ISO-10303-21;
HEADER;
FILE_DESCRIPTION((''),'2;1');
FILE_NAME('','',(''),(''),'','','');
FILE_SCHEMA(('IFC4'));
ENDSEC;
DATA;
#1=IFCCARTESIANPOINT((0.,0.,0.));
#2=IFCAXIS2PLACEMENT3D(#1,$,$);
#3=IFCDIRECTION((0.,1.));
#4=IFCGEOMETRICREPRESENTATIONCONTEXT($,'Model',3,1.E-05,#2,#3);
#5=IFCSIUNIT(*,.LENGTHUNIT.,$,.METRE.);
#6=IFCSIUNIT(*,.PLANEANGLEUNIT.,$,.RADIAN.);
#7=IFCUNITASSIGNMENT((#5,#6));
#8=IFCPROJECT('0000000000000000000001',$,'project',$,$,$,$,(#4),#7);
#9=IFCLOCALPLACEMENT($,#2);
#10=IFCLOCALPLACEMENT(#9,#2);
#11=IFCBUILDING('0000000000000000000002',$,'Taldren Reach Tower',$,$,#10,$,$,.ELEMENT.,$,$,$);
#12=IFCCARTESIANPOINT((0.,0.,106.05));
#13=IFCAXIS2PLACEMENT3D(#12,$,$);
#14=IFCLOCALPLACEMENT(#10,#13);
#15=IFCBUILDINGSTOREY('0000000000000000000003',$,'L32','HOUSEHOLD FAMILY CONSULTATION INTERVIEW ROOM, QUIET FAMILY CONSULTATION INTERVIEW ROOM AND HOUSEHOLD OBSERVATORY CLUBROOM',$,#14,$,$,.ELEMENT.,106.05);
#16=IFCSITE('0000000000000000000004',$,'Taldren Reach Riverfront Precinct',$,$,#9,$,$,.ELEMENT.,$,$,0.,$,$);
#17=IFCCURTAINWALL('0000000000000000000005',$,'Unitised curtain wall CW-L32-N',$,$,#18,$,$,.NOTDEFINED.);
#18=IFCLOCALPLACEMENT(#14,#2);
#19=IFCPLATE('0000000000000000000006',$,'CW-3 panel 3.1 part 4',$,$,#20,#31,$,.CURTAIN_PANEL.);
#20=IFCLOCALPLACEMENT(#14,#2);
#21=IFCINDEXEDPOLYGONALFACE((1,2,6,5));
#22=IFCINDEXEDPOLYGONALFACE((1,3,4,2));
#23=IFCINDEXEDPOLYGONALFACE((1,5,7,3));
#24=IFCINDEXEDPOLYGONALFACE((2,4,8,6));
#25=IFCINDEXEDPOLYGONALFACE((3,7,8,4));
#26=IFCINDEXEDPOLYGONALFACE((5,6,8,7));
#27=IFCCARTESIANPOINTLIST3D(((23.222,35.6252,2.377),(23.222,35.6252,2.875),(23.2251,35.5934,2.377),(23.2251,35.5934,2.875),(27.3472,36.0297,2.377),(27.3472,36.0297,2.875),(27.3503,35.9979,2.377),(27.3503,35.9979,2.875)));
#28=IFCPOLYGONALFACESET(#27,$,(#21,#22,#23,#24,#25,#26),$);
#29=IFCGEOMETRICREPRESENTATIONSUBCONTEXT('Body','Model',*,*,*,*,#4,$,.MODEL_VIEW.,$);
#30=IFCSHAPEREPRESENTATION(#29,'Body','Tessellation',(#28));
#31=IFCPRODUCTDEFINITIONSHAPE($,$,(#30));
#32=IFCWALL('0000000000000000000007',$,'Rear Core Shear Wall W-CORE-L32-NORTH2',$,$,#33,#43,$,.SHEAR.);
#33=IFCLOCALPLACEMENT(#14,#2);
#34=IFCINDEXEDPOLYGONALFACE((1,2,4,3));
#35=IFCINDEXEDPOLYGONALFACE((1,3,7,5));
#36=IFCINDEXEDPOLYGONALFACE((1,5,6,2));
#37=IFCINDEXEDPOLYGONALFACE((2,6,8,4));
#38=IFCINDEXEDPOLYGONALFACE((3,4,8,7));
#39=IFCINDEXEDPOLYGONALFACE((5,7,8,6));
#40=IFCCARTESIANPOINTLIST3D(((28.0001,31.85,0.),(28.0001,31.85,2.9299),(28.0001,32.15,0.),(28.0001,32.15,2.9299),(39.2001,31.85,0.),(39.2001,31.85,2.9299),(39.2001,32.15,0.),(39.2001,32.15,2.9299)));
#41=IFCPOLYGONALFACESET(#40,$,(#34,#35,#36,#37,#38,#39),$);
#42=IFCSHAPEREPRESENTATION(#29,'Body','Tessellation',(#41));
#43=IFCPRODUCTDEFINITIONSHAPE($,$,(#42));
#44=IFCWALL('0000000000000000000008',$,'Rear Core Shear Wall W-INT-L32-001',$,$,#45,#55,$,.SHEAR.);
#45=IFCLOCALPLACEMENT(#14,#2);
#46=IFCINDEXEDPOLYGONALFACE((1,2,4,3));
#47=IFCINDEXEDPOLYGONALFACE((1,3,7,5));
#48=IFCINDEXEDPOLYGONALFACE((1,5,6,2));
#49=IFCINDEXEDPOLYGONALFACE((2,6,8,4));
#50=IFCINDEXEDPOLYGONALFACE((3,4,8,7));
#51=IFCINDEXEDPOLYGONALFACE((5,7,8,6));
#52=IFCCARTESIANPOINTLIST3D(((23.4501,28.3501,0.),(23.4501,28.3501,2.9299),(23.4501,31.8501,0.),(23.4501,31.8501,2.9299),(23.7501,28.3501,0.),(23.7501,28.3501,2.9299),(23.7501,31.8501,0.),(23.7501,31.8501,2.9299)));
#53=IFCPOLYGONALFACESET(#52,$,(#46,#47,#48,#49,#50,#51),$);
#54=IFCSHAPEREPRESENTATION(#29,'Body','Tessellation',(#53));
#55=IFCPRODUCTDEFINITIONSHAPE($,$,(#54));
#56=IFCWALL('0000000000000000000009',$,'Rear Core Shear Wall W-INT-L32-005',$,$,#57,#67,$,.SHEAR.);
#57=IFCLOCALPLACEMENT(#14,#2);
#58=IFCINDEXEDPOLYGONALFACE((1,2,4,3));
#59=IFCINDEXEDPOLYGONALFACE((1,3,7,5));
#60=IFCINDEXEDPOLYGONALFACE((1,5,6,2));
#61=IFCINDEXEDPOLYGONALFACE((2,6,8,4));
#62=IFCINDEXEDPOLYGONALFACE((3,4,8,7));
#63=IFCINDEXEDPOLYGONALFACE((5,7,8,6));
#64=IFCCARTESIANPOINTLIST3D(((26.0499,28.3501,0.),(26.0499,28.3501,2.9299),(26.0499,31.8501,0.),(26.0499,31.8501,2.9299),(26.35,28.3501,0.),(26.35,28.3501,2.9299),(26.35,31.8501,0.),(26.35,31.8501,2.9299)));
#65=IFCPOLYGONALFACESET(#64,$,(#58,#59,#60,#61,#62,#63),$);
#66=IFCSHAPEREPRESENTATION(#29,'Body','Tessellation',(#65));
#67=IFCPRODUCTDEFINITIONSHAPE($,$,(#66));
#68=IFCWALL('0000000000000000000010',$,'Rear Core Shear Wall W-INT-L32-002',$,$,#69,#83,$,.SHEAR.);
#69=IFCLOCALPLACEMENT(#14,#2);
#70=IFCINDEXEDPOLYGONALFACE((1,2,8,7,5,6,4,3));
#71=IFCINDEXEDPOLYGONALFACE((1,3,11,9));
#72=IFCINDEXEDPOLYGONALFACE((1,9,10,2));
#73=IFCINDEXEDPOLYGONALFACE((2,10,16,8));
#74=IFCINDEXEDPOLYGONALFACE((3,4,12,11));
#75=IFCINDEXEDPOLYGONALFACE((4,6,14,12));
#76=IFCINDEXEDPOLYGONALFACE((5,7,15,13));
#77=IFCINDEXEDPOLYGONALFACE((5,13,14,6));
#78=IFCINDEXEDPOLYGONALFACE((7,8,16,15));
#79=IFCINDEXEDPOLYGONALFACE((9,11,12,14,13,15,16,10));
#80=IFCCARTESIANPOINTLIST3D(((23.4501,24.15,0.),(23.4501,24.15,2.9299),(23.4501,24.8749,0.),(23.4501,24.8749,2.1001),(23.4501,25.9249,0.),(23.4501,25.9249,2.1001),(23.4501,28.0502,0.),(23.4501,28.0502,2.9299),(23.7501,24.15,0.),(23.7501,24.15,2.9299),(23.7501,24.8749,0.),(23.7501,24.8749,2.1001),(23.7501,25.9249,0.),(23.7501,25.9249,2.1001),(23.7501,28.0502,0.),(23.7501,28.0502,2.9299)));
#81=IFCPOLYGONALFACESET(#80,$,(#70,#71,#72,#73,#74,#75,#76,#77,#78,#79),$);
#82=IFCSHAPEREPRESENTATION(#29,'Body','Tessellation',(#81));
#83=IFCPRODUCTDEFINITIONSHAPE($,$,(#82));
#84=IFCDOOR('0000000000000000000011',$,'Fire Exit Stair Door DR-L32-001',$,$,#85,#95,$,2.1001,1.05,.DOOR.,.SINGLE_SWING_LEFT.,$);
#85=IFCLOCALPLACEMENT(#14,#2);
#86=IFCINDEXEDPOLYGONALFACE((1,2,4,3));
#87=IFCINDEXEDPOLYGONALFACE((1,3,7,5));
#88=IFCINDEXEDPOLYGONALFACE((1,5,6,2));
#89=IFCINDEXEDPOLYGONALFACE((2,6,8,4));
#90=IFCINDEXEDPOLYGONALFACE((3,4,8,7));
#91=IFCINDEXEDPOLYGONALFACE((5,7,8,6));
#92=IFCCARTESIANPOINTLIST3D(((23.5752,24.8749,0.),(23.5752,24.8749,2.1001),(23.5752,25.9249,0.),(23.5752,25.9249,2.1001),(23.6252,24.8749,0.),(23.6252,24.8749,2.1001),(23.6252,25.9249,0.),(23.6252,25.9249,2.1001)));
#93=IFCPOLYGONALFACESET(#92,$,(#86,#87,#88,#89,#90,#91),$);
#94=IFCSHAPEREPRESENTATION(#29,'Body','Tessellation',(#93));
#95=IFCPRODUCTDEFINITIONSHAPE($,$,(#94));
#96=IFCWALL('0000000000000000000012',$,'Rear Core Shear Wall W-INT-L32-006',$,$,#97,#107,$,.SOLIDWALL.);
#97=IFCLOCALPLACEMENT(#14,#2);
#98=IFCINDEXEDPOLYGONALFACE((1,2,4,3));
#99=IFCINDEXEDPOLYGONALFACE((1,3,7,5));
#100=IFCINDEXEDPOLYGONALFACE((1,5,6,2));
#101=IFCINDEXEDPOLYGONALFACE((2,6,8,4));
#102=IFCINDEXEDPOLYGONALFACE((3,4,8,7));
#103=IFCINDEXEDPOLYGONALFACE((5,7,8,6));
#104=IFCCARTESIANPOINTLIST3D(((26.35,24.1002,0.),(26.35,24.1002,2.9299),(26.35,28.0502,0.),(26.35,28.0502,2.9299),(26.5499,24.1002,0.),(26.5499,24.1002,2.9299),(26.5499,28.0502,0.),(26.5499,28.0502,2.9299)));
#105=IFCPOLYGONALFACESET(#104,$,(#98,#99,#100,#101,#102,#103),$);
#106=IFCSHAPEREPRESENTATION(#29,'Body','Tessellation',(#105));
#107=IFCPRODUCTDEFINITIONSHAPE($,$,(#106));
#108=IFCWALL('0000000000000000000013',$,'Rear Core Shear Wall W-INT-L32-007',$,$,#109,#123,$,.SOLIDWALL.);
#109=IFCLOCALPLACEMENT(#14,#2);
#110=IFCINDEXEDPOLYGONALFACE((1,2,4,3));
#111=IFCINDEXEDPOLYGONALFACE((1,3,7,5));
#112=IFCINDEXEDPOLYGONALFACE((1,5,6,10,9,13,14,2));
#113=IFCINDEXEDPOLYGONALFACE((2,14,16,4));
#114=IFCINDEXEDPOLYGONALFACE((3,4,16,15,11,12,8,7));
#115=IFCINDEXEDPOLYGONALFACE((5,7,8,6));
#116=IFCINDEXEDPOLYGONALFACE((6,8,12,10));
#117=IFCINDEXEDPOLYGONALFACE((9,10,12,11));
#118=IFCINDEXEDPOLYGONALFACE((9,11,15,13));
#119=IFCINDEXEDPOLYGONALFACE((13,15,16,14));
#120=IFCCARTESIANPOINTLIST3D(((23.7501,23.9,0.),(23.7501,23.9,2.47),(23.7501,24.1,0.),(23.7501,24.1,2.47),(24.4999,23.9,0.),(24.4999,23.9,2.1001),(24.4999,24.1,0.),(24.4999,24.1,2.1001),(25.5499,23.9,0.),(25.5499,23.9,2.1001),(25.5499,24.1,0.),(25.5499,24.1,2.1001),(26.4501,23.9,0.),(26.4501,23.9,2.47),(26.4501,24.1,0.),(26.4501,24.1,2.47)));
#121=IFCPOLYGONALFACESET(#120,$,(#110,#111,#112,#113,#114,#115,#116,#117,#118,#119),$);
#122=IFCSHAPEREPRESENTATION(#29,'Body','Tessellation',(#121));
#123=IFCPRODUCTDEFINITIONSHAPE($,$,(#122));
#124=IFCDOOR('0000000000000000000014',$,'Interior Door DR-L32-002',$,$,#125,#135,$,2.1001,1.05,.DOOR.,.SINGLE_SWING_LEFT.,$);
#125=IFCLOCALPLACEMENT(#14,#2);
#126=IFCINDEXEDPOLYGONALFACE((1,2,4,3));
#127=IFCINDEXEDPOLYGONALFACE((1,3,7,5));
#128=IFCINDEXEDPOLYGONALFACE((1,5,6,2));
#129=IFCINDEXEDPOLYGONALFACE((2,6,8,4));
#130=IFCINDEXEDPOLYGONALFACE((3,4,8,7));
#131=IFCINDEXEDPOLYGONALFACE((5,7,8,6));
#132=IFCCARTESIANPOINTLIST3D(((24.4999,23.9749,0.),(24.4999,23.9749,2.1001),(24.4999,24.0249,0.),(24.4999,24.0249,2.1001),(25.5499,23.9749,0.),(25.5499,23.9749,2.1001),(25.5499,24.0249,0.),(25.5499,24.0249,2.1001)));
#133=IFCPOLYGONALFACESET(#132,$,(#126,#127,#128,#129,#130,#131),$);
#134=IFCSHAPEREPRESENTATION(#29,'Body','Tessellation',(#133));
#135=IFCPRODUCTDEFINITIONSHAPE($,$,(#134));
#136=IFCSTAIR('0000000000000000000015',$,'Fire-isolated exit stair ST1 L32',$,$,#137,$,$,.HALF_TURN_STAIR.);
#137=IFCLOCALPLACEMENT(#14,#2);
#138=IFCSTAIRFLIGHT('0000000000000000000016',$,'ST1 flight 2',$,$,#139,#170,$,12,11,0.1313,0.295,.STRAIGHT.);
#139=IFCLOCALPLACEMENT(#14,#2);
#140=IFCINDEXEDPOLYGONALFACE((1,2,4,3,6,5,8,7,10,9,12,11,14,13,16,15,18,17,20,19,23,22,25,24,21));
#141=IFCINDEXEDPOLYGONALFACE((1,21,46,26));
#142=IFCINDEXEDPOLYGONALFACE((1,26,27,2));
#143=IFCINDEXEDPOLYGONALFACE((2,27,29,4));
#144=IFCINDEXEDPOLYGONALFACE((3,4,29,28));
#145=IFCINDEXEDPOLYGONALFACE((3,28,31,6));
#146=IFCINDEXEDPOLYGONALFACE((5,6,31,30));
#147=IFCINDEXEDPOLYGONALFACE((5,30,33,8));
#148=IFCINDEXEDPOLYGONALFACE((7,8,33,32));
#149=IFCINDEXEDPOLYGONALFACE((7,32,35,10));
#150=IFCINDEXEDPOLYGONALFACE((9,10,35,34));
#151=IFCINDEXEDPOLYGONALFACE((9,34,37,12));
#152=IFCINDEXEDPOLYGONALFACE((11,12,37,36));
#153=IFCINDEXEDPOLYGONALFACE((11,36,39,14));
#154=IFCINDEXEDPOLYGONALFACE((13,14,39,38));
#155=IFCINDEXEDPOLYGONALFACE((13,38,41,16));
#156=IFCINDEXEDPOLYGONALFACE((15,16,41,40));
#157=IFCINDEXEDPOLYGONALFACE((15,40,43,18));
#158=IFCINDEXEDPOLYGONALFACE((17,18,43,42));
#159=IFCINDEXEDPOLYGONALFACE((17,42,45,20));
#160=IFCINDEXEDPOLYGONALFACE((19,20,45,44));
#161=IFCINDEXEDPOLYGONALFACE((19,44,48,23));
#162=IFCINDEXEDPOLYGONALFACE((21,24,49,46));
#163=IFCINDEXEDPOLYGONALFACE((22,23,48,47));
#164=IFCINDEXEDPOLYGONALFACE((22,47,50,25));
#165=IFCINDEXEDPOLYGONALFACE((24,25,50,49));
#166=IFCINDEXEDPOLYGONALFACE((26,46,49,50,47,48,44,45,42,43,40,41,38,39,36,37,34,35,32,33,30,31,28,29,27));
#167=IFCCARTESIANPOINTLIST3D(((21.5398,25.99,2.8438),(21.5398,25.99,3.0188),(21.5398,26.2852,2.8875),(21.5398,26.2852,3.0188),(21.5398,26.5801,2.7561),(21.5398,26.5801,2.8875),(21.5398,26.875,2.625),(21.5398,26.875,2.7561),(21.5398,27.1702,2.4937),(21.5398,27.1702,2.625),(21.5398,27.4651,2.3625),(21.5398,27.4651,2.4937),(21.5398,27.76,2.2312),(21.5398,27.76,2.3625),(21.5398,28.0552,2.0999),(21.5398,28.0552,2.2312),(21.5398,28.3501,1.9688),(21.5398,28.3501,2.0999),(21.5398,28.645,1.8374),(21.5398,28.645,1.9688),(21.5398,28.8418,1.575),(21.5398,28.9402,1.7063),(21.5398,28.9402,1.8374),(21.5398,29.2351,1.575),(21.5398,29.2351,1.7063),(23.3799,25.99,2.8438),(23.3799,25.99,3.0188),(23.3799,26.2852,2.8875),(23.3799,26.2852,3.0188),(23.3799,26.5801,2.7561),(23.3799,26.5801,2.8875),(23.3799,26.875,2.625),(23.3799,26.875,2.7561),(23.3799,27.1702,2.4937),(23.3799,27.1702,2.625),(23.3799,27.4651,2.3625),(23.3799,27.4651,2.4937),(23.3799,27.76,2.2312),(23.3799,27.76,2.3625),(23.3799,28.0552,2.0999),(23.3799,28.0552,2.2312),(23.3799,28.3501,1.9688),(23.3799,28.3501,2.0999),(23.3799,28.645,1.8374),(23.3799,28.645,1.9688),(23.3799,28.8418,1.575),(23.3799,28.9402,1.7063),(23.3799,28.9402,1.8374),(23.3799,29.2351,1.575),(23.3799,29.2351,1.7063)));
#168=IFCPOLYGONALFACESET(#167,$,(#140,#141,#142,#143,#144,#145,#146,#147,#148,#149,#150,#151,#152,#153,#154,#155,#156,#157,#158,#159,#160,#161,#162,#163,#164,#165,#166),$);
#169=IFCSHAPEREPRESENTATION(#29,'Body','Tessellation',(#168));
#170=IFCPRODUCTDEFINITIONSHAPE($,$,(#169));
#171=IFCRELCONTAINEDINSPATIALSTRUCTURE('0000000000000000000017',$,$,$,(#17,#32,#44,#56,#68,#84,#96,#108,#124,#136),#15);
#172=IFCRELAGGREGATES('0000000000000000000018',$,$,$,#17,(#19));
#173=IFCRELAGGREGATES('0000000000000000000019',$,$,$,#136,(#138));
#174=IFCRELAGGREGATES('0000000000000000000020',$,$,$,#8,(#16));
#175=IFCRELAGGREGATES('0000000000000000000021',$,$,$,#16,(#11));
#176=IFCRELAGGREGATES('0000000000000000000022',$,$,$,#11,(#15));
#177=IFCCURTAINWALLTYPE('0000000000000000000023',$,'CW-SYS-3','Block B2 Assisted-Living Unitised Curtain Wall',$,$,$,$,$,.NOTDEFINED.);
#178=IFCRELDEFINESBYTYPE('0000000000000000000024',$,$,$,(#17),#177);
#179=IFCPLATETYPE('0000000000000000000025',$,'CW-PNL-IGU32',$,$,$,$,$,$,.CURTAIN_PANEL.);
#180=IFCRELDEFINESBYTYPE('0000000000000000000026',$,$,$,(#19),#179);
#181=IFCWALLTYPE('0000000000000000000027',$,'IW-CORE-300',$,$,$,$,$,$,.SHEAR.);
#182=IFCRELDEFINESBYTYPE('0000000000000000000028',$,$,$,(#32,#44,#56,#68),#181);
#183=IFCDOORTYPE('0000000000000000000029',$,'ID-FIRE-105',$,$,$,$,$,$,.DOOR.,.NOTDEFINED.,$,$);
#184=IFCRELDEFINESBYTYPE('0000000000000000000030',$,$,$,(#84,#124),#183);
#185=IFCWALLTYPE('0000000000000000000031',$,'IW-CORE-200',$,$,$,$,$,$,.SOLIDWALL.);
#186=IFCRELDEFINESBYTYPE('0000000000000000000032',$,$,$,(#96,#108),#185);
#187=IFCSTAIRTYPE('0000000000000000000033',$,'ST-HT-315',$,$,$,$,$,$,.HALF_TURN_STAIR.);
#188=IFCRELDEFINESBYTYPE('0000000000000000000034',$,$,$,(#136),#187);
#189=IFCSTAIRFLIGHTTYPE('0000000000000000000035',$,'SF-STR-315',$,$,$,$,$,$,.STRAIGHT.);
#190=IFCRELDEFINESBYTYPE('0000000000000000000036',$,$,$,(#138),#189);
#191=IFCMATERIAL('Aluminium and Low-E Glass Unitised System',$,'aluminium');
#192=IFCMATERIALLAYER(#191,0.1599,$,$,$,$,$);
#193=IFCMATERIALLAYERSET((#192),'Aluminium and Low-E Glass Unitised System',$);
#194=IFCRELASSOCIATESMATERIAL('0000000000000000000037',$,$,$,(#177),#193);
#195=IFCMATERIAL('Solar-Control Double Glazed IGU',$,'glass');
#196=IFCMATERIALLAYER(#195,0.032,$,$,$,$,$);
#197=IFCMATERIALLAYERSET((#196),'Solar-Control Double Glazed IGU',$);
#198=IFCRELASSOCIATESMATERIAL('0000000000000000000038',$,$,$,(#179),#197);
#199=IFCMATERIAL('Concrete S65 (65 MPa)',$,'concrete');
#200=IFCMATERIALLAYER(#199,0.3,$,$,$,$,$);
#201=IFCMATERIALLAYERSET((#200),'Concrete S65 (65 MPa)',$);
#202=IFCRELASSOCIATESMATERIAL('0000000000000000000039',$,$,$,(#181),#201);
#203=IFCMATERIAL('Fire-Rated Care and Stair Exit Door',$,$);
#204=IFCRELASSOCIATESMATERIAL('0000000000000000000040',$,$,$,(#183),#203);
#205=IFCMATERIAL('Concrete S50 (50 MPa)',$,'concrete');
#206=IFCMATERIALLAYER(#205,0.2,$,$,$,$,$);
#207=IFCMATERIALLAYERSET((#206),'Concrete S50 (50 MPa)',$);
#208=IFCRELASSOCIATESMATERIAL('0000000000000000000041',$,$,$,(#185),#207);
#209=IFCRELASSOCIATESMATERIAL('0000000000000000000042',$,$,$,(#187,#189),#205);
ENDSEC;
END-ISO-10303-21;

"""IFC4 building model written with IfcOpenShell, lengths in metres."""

from ifc_helpers import new_model, si_unit, direction, frame, frame_2d, origin, origin_2d, place, context, subcontext, project, spatial, polyline, rectangle, outline, extrude, source, transform, mapped, material, layer, layer_set, type_object, element, fill, aggregate, save


model = new_model("IFC4")

# Units and contexts
model_context = context("Model", 3, precision=1e-05, world=origin(), true_north=direction((0.0, 1.0)))
body_context = subcontext(model_context, "Body", "Model", "MODEL_VIEW")
ifc_project = project(units=[si_unit("LENGTHUNIT", "METRE"), si_unit("PLANEANGLEUNIT", "RADIAN")], contexts=[model_context])

# Site, building, storey
site_placement = place(None, origin())
site = spatial("IfcSite", under=ifc_project, at=site_placement, Name="Taldren Reach Riverfront Precinct", CompositionType="ELEMENT", RefElevation=0.0)
building_placement = place(site_placement, origin())
building = spatial("IfcBuilding", under=site, at=building_placement, Name="Taldren Reach Tower", CompositionType="ELEMENT")
storey_placement = place(building_placement, frame((0.0, 0.0, 106.05)))
storey = spatial("IfcBuildingStorey", under=building, at=storey_placement, Name="L32", Description="HOUSEHOLD FAMILY CONSULTATION INTERVIEW ROOM, QUIET FAMILY CONSULTATION INTERVIEW ROOM AND HOUSEHOLD OBSERVATORY CLUBROOM", CompositionType="ELEMENT", Elevation=106.05)

# Shared definitions
ifc_material_1 = material(Name="Concrete S65 (65 MPa)", Category="concrete")

# Curtain wall, plate
ifc_material_2 = material(Name="Aluminium and Low-E Glass Unitised System", Category="aluminium")
ifc_layer_1 = layer(ifc_material_2, 0.1599)
ifc_layer_set_1 = layer_set([ifc_layer_1], Name="Aluminium and Low-E Glass Unitised System")
curtain_wall_type = type_object("IfcCurtainWallType", Name="CW-SYS-3", Description="Block B2 Assisted-Living Unitised Curtain Wall", PredefinedType="NOTDEFINED", material=ifc_layer_set_1)
curtain_wall_placement = place(storey_placement, origin())
curtain_wall = element("IfcCurtainWall", 1, at=curtain_wall_placement, inside=storey, type_object=curtain_wall_type, Name="Unitised curtain wall CW-L32-N", PredefinedType="NOTDEFINED")
ifc_material_3 = material(Name="Solar-Control Double Glazed IGU", Category="glass")
ifc_layer_2 = layer(ifc_material_3, 0.032)
ifc_layer_set_2 = layer_set([ifc_layer_2], Name="Solar-Control Double Glazed IGU")
plate_type = type_object("IfcPlateType", Name="CW-PNL-IGU32", PredefinedType="CURTAIN_PANEL", material=ifc_layer_set_2)
shared_shape_1 = source(origin(), body_context, "Body", "SweptSolid", [
    extrude(rectangle(XDim=4.145, YDim=0.032, at=origin_2d()), origin(), (0.0, 0.0, 1.0), 0.498),
])
plate_1_placement = place(storey_placement, frame((25.2861, 35.8115, 2.377), z_axis=(0.0, 0.0, 1.0), x_axis=(-0.995227, -0.097583, 0.0)))
plate_1 = element("IfcPlate", 2, at=plate_1_placement, type_object=plate_type, Name="CW-3 panel 3.1 part 4", PredefinedType="CURTAIN_PANEL", context=body_context, shape_type="MappedRepresentation", body=[
    mapped(shared_shape_1, transform((0.0, 0.0, 0.0), scale=1.0)),
])
aggregate(curtain_wall, [plate_1])

# Walls
ifc_layer_3 = layer(ifc_material_1, 0.3)
ifc_layer_set_3 = layer_set([ifc_layer_3], Name="Concrete S65 (65 MPa)")
wall_type_1 = type_object("IfcWallType", Name="IW-CORE-300", PredefinedType="SHEAR", material=ifc_layer_set_3)
shared_shape_2 = source(origin(), body_context, "Body", "SweptSolid", [
    extrude(rectangle(XDim=11.2, YDim=0.3, at=frame_2d((5.6001, 0.0))), origin(), (0.0, 0.0, 1.0), 2.9299),
])
wall_1_placement = place(storey_placement, frame((28.0, 32.0, 0.0), z_axis=(0.0, 0.0, 1.0), x_axis=(1.0, 0.0, 0.0)))
element("IfcWall", 3, at=wall_1_placement, inside=storey, type_object=wall_type_1, Name="Rear Core Shear Wall W-CORE-L32-NORTH2", PredefinedType="SHEAR", context=body_context, shape_type="MappedRepresentation", body=[
    mapped(shared_shape_2, transform((0.0, 0.0, 0.0), scale=1.0)),
])
shared_shape_3 = source(origin(), body_context, "Body", "SweptSolid", [
    extrude(rectangle(XDim=3.5, YDim=0.3, at=frame_2d((1.75, 0.0))), origin(), (0.0, 0.0, 1.0), 2.9299),
])
for number, where, z_axis, x_axis, name in (
    (4, (23.6001, 28.3501, 0.0), (0.0, 0.0, 1.0), (0.0, 1.0, 0.0), "Rear Core Shear Wall W-INT-L32-001"),
    (5, (26.2, 28.3501, 0.0), (0.0, 0.0, 1.0), (0.0, 1.0, 0.0), "Rear Core Shear Wall W-INT-L32-005"),
):
    element("IfcWall", number, at=place(storey_placement, frame(where, z_axis=z_axis, x_axis=x_axis)), inside=storey, type_object=wall_type_1, Name=name, PredefinedType="SHEAR", context=body_context, shape_type="MappedRepresentation", body=[
        mapped(shared_shape_3, transform((0.0, 0.0, 0.0), scale=1.0)),
    ])

# Wall, opening, door
shared_shape_4 = source(origin(), body_context, "Body", "SweptSolid", [
    extrude(rectangle(XDim=3.9001, YDim=0.3, at=frame_2d((1.9502, 0.0))), origin(), (0.0, 0.0, 1.0), 2.9299),
])
wall_2_placement = place(storey_placement, frame((23.6001, 24.1499, 0.0), z_axis=(0.0, 0.0, 1.0), x_axis=(0.0, 1.0, 0.0)))
wall_2 = element("IfcWall", 6, at=wall_2_placement, inside=storey, type_object=wall_type_1, Name="Rear Core Shear Wall W-INT-L32-002", PredefinedType="SHEAR", context=body_context, shape_type="MappedRepresentation", body=[
    mapped(shared_shape_4, transform((0.0, 0.0, 0.0), scale=1.0)),
])
shared_shape_5 = source(origin(), body_context, "Body", "SweptSolid", [
    extrude(rectangle(XDim=1.05, YDim=2.1001, at=frame_2d((0.5249, 1.05))), frame((0.0, 0.1602, 0.0), z_axis=(0.0, -1.0, 0.0), x_axis=(1.0, 0.0, 0.0)), (0.0, 0.0, 1.0), 0.3201),
])
opening_1_placement = place(wall_2_placement, frame((0.7251, 0.0, 0.0)))
opening_1 = element("IfcOpeningElement", 7, at=opening_1_placement, cuts=wall_2, PredefinedType="OPENING", context=body_context, shape_type="MappedRepresentation", body=[
    mapped(shared_shape_5, transform((0.0, 0.0, 0.0), scale=1.0)),
])
ifc_material_4 = material(Name="Fire-Rated Care and Stair Exit Door")
door_type_1 = type_object("IfcDoorType", Name="ID-FIRE-105", OperationType="NOTDEFINED", PredefinedType="DOOR", material=ifc_material_4)
shared_shape_6 = source(origin(), body_context, "Body", "SweptSolid", [
    extrude(rectangle(XDim=1.05, YDim=2.1001, at=frame_2d((0.5249, 1.05))), frame((0.0, 0.0249, 0.0), z_axis=(0.0, -1.0, 0.0), x_axis=(1.0, 0.0, 0.0)), (0.0, 0.0, 1.0), 0.05),
])
door_1_placement = place(opening_1_placement, origin())
door_1 = element("IfcDoor", 8, at=door_1_placement, inside=storey, type_object=door_type_1, Name="Fire Exit Stair Door DR-L32-001", OperationType="SINGLE_SWING_LEFT", OverallHeight=2.1001, OverallWidth=1.05, PredefinedType="DOOR", context=body_context, shape_type="MappedRepresentation", body=[
    mapped(shared_shape_6, transform((0.0, 0.0, 0.0), scale=1.0)),
])
fill(opening_1, door_1)

# Wall
ifc_material_5 = material(Name="Concrete S50 (50 MPa)", Category="concrete")
ifc_layer_4 = layer(ifc_material_5, 0.2)
ifc_layer_set_4 = layer_set([ifc_layer_4], Name="Concrete S50 (50 MPa)")
wall_type_2 = type_object("IfcWallType", Name="IW-CORE-200", PredefinedType="SOLIDWALL", material=ifc_layer_set_4)
shared_shape_7 = source(origin(), body_context, "Body", "SweptSolid", [
    extrude(rectangle(XDim=3.95, YDim=0.2, at=frame_2d((1.9751, 0.0))), origin(), (0.0, 0.0, 1.0), 2.9299),
])
wall_3_placement = place(storey_placement, frame((26.45, 24.1001, 0.0), z_axis=(0.0, 0.0, 1.0), x_axis=(0.0, 1.0, 0.0)))
element("IfcWall", 9, at=wall_3_placement, inside=storey, type_object=wall_type_2, Name="Rear Core Shear Wall W-INT-L32-006", PredefinedType="SOLIDWALL", context=body_context, shape_type="MappedRepresentation", body=[
    mapped(shared_shape_7, transform((0.0, 0.0, 0.0), scale=1.0)),
])

# Wall, opening, door
shared_shape_8 = source(origin(), body_context, "Body", "SweptSolid", [
    extrude(rectangle(XDim=2.7, YDim=0.2, at=frame_2d((1.3501, 0.0))), origin(), (0.0, 0.0, 1.0), 2.47),
])
wall_4_placement = place(storey_placement, frame((23.75, 24.0, 0.0), z_axis=(0.0, 0.0, 1.0), x_axis=(1.0, 0.0, 0.0)))
wall_4 = element("IfcWall", 10, at=wall_4_placement, inside=storey, type_object=wall_type_2, Name="Rear Core Shear Wall W-INT-L32-007", PredefinedType="SOLIDWALL", context=body_context, shape_type="MappedRepresentation", body=[
    mapped(shared_shape_8, transform((0.0, 0.0, 0.0), scale=1.0)),
])
shared_shape_9 = source(origin(), body_context, "Body", "SweptSolid", [
    extrude(rectangle(XDim=1.05, YDim=2.1001, at=frame_2d((0.5249, 1.05))), frame((0.0, 0.1099, 0.0), z_axis=(0.0, -1.0, 0.0), x_axis=(1.0, 0.0, 0.0)), (0.0, 0.0, 1.0), 0.22),
])
opening_2_placement = place(wall_4_placement, frame((0.75, 0.0, 0.0)))
opening_2 = element("IfcOpeningElement", 11, at=opening_2_placement, cuts=wall_4, PredefinedType="OPENING", context=body_context, shape_type="MappedRepresentation", body=[
    mapped(shared_shape_9, transform((0.0, 0.0, 0.0), scale=1.0)),
])
door_2_placement = place(opening_2_placement, origin())
door_2 = element("IfcDoor", 12, at=door_2_placement, inside=storey, type_object=door_type_1, Name="Interior Door DR-L32-002", OperationType="SINGLE_SWING_LEFT", OverallHeight=2.1001, OverallWidth=1.05, PredefinedType="DOOR", context=body_context, shape_type="MappedRepresentation", body=[
    mapped(shared_shape_6, transform((0.0, 0.0, 0.0), scale=1.0)),
])
fill(opening_2, door_2)

# Stair, stair flight
stair_type = type_object("IfcStairType", Name="ST-HT-315", PredefinedType="HALF_TURN_STAIR", material=ifc_material_5)
stair_placement = place(storey_placement, origin())
stair = element("IfcStair", 13, at=stair_placement, inside=storey, type_object=stair_type, Name="Fire-isolated exit stair ST1 L32", PredefinedType="HALF_TURN_STAIR")
stair_flight_type = type_object("IfcStairFlightType", Name="SF-STR-315", PredefinedType="STRAIGHT", material=ifc_material_5)
stair_flight_placement = place(storey_placement, frame((22.46, 29.2351, 1.575), z_axis=(0.0, 0.0, 1.0), x_axis=(0.0, -1.0, 0.0)))
stair_flight = element("IfcStairFlight", 14, at=stair_flight_placement, type_object=stair_flight_type, Name="ST1 flight 2", NumberOfRisers=12, NumberOfTreads=11, PredefinedType="STRAIGHT", RiserHeight=0.1313, TreadLength=0.295, context=body_context, shape_type="SweptSolid", body=[
    extrude(outline(polyline([(0.0, 0.0), (0.0, 0.1313), (0.2949, 0.1313), (0.2949, 0.2625), (0.5901, 0.2625), (0.5901, 0.3938), (0.885, 0.3938), (0.885, 0.5249), (1.1799, 0.5249), (1.1799, 0.6562), (1.4751, 0.6562), (1.4751, 0.7876), (1.77, 0.7876), (1.77, 0.9187), (2.0649, 0.9187), (2.0649, 1.05), (2.3601, 1.05), (2.3601, 1.1812), (2.655, 1.1812), (2.655, 1.3125), (2.95, 1.3125), (2.95, 1.4438), (3.2451, 1.4438), (3.2451, 1.575), (3.2451, 1.2688), (0.3933, 0.0), (0.0, 0.0)])), frame((0.0, 0.9199, 0.0), z_axis=(0.0, -1.0, 0.0), x_axis=(1.0, 0.0, 0.0)), (0.0, 0.0, 1.0), 1.8401),
])
aggregate(stair, [stair_flight])

save(model, "model.ifc")
